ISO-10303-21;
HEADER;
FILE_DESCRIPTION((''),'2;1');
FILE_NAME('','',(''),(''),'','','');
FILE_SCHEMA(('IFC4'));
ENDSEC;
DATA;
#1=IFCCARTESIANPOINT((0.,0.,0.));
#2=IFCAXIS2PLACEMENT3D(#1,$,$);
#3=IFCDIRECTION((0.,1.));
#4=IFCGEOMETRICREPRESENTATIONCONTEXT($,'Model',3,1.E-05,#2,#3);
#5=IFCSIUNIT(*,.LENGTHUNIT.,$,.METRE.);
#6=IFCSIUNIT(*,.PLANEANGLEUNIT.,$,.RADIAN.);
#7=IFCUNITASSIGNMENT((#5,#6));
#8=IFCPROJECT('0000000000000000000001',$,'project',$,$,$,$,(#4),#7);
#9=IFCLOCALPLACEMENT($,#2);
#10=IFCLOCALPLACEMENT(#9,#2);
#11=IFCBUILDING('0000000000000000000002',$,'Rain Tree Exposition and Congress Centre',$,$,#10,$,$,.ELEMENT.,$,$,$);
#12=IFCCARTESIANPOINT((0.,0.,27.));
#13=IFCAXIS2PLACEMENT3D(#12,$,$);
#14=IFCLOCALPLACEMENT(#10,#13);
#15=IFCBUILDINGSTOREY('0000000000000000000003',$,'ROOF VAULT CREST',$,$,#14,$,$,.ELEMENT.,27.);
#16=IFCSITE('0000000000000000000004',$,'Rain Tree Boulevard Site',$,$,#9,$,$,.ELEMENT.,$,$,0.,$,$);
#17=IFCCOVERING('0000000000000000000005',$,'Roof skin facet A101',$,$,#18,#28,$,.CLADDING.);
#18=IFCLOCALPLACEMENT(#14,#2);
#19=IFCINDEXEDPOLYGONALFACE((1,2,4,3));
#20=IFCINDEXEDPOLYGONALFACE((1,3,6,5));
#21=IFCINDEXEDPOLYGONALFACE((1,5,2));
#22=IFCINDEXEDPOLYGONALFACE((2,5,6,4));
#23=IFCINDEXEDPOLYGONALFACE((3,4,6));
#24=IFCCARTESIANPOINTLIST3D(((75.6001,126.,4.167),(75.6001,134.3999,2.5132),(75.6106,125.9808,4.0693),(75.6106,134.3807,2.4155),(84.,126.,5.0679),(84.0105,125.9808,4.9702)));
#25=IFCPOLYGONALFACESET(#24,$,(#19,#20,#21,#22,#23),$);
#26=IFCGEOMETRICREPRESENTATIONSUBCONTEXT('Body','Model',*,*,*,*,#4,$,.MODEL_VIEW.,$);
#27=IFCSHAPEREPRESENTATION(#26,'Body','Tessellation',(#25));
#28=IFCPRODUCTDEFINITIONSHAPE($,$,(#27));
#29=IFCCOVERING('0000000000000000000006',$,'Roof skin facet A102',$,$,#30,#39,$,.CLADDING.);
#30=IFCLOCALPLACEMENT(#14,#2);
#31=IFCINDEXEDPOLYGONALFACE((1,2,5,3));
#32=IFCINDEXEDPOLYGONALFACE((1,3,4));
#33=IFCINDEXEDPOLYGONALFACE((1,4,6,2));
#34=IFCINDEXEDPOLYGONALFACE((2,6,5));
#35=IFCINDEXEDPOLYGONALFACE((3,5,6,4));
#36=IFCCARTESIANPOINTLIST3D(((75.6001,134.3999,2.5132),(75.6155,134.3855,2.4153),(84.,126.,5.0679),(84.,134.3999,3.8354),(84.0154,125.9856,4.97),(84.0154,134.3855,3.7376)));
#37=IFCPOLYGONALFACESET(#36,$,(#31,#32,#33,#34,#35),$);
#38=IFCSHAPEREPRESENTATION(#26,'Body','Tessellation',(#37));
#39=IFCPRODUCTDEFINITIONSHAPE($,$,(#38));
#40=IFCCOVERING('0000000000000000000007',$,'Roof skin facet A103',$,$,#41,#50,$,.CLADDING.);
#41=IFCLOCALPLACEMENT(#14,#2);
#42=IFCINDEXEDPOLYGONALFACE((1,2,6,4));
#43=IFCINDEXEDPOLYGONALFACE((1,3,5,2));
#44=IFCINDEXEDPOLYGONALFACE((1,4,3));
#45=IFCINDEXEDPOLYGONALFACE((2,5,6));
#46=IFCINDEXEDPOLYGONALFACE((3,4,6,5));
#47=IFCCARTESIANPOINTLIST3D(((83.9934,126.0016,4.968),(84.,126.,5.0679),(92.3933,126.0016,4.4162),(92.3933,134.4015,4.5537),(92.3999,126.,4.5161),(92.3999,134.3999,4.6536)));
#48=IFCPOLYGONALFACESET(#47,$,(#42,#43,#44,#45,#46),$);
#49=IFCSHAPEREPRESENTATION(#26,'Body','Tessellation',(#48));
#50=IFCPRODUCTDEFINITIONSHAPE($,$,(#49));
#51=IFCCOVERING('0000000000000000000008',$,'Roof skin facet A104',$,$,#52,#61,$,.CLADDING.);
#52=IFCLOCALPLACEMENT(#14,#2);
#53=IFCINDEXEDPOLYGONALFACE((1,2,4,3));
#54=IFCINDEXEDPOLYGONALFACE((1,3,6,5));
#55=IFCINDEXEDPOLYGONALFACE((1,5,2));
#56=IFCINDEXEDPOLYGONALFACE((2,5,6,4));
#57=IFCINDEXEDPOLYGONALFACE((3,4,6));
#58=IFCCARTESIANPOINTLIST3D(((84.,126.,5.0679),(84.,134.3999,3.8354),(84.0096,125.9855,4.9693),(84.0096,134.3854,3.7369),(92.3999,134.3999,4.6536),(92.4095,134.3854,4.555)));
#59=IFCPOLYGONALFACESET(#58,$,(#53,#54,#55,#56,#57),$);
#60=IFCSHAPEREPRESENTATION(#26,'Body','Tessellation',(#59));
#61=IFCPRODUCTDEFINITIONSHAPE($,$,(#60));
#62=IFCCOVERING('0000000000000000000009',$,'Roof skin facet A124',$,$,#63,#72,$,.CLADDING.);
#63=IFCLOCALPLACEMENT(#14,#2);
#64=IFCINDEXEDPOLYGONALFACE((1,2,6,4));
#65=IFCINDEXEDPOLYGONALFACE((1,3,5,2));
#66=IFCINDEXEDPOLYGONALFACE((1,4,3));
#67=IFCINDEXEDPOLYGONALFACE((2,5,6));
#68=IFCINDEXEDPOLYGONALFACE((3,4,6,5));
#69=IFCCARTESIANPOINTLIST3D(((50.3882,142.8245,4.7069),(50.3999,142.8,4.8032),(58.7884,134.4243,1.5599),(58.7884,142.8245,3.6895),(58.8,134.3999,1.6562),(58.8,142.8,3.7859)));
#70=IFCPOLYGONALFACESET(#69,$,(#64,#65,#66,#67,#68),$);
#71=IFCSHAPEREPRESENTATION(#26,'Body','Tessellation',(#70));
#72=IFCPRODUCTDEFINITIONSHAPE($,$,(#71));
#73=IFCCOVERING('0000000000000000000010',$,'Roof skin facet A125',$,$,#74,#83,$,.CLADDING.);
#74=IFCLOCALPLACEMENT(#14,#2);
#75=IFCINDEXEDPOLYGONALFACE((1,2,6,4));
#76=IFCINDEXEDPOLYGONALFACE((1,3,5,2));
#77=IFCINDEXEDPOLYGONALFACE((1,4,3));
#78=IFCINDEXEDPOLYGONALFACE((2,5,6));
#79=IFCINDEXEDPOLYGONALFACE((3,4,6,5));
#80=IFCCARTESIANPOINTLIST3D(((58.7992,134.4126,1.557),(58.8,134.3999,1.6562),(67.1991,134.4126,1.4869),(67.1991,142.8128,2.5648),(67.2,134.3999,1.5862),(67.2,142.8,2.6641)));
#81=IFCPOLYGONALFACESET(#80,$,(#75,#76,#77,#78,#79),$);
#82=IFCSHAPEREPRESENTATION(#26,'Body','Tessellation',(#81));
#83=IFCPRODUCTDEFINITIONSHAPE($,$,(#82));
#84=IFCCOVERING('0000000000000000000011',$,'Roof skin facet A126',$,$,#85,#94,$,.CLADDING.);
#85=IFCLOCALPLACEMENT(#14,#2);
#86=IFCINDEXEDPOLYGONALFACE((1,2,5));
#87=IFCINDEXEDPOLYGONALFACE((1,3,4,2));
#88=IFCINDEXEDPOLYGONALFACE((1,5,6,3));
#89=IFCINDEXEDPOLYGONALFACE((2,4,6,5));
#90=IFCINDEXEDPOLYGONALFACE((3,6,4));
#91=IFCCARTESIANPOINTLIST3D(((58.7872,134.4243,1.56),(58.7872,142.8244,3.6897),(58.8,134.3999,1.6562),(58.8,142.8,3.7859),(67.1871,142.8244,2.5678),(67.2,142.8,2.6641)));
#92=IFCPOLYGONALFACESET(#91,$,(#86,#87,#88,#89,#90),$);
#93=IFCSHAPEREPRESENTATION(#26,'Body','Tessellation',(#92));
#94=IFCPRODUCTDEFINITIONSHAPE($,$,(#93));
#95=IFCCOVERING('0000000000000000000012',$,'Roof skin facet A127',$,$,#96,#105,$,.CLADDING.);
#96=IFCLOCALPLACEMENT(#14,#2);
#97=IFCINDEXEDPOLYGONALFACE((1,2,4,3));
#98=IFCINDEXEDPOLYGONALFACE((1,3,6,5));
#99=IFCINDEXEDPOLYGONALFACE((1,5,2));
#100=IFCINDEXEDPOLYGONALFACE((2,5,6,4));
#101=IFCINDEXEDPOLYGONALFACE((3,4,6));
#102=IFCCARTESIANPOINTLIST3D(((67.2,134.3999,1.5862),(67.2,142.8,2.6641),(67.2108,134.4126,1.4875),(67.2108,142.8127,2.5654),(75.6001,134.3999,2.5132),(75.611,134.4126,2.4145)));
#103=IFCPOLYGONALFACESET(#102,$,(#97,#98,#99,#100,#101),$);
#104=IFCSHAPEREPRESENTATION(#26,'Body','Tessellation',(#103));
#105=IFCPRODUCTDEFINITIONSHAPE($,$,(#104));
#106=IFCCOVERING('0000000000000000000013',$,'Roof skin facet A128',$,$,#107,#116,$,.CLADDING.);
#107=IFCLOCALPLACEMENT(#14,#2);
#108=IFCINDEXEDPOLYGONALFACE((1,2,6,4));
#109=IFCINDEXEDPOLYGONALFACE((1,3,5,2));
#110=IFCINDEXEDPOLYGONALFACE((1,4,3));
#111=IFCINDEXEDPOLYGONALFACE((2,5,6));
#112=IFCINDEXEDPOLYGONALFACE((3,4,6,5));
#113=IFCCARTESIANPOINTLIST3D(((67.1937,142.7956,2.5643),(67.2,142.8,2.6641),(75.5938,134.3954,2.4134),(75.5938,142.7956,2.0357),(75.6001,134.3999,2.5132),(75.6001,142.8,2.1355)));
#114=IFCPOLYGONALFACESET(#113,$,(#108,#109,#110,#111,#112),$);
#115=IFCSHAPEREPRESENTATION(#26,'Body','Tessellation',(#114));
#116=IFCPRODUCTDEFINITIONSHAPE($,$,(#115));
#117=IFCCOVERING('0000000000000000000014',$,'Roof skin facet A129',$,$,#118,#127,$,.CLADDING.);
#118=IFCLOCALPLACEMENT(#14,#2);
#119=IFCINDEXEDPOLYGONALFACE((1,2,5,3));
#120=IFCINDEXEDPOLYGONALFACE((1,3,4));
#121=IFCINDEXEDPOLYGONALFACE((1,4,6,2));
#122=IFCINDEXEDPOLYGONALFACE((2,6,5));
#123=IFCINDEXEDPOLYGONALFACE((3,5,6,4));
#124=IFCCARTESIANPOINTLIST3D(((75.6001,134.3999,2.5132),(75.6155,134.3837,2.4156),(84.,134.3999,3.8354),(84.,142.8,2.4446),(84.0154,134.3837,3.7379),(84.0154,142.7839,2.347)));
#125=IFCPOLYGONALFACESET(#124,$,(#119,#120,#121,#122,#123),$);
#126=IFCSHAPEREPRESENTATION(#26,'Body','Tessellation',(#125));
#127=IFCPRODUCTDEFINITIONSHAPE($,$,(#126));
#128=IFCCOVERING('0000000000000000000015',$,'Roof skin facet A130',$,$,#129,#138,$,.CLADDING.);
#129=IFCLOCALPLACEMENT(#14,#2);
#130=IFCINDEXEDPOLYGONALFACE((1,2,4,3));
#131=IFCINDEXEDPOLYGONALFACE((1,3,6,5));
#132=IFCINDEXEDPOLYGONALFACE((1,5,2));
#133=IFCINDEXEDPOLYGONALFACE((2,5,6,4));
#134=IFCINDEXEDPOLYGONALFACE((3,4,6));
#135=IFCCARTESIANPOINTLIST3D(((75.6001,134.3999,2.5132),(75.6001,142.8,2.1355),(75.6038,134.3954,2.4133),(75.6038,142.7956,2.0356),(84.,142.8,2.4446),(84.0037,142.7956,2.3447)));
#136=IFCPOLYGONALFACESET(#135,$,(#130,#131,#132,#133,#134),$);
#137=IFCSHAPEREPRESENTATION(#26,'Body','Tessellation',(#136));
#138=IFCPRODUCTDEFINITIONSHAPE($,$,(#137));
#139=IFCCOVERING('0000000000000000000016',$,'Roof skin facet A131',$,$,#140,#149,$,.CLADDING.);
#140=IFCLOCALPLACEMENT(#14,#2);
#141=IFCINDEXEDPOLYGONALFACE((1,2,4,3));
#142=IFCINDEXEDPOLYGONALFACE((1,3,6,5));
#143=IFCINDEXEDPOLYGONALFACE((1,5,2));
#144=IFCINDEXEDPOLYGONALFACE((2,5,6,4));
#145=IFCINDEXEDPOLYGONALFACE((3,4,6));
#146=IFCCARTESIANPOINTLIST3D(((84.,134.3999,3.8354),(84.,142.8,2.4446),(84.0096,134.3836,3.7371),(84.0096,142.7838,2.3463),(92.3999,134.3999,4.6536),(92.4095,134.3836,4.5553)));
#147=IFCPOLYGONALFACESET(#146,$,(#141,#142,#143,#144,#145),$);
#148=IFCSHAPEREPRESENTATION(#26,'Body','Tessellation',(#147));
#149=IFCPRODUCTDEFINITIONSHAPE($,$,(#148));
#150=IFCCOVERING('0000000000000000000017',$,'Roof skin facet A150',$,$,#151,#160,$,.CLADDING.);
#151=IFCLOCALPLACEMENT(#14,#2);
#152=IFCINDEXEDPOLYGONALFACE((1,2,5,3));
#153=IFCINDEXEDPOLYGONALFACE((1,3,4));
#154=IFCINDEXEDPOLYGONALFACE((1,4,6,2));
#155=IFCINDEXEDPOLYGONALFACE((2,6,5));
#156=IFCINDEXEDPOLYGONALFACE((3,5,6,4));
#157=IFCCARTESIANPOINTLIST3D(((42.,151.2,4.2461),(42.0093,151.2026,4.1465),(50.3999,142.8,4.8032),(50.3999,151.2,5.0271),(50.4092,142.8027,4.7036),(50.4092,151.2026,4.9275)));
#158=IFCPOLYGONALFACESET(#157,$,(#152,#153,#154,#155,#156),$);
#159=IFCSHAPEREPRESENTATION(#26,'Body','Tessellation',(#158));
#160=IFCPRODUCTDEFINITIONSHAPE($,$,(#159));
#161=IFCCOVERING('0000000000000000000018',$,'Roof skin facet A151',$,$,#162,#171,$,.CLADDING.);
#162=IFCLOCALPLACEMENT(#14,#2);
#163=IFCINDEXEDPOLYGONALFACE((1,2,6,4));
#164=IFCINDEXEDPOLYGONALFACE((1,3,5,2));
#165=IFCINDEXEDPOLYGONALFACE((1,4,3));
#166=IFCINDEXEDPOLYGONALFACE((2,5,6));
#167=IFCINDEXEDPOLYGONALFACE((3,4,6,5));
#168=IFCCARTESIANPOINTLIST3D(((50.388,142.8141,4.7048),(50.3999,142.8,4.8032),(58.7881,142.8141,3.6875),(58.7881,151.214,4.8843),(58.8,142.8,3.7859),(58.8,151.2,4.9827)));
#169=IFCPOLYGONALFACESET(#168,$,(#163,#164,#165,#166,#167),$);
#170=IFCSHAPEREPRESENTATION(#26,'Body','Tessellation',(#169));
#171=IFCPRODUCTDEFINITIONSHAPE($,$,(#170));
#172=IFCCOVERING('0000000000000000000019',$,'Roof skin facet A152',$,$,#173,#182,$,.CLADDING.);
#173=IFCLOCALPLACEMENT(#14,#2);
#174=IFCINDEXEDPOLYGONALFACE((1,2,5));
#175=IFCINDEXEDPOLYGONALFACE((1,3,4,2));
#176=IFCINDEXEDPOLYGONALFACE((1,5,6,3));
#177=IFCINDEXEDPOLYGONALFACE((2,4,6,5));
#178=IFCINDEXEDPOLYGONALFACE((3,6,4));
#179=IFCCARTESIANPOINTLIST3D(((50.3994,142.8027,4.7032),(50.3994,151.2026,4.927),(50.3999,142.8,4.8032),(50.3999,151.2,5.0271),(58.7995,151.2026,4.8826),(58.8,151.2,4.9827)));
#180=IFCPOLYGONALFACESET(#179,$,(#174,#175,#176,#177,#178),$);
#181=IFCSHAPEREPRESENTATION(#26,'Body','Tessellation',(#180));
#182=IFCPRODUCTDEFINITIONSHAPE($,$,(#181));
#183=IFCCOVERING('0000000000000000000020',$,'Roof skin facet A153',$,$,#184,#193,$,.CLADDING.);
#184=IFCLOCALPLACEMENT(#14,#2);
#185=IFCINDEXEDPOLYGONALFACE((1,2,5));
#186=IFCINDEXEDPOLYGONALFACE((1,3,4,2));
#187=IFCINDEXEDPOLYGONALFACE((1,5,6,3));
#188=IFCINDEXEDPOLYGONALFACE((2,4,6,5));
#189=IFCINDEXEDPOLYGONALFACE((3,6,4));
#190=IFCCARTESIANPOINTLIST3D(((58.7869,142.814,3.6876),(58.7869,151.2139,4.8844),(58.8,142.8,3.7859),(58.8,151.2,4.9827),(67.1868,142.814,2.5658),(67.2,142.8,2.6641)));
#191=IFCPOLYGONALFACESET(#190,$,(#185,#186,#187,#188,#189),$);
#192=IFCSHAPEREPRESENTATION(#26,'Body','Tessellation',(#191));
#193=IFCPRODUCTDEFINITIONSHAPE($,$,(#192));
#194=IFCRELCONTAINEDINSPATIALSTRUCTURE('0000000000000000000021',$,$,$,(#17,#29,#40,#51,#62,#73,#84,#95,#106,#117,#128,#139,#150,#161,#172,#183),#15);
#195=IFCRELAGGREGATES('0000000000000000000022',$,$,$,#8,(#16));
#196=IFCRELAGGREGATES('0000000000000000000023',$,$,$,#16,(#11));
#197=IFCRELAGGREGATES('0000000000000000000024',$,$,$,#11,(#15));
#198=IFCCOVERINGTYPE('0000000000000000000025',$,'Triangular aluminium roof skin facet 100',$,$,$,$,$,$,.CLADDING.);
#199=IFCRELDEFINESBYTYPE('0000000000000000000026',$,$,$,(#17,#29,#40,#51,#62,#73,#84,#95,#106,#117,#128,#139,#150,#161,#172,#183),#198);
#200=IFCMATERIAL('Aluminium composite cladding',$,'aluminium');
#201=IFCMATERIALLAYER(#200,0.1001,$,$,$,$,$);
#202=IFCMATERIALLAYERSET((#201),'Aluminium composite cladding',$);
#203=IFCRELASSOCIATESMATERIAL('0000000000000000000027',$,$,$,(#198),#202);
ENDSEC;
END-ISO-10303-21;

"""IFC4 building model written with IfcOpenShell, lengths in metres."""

from ifc_helpers import new_model, si_unit, direction, frame, origin, place, context, subcontext, project, spatial, polyline, outline, extrude, material, layer, layer_set, type_object, element, save


model = new_model("IFC4")

# Units and contexts
model_context = context("Model", 3, precision=1e-05, world=origin(), true_north=direction((0.0, 1.0)))
body_context = subcontext(model_context, "Body", "Model", "MODEL_VIEW")
ifc_project = project(units=[si_unit("LENGTHUNIT", "METRE"), si_unit("PLANEANGLEUNIT", "RADIAN")], contexts=[model_context])

# Site, building, storey
site_placement = place(None, origin())
site = spatial("IfcSite", under=ifc_project, at=site_placement, Name="Rain Tree Boulevard Site", CompositionType="ELEMENT", RefElevation=0.0)
building_placement = place(site_placement, origin())
building = spatial("IfcBuilding", under=site, at=building_placement, Name="Rain Tree Exposition and Congress Centre", CompositionType="ELEMENT")
storey_placement = place(building_placement, frame((0.0, 0.0, 27.0)))
storey = spatial("IfcBuildingStorey", under=building, at=storey_placement, Name="ROOF VAULT CREST", CompositionType="ELEMENT", Elevation=27.0)

# Coverings
ifc_material = material(Name="Aluminium composite cladding", Category="aluminium")
ifc_layer = layer(ifc_material, 0.1001)
ifc_layer_set = layer_set([ifc_layer], Name="Aluminium composite cladding")
covering_type = type_object("IfcCoveringType", Name="Triangular aluminium roof skin facet 100", PredefinedType="CLADDING", material=ifc_layer_set)
covering_1_placement = place(storey_placement, frame((75.6001, 126.0, 4.167), z_axis=(-0.104651, 0.192115, 0.975777), x_axis=(0.994298, 0.0, 0.106637)))
element("IfcCovering", 1, at=covering_1_placement, inside=storey, type_object=covering_type, Name="Roof skin facet A101", PredefinedType="CLADDING", context=body_context, shape_type="SweptSolid", body=[
    extrude(outline(polyline([(0.0, 0.0), (8.4481, 0.0), (-0.1764, 8.5593), (0.0, 0.0)])), origin(), (0.0, 0.0, -1.0), 0.1001),
])
covering_2_placement = place(storey_placement, frame((84.0, 126.0, 5.0679), z_axis=(-0.153892, 0.143435, 0.977621), x_axis=(0.0, 0.989408, -0.145164)))
element("IfcCovering", 2, at=covering_2_placement, inside=storey, type_object=covering_type, Name="Roof skin facet A102", PredefinedType="CLADDING", context=body_context, shape_type="SweptSolid", body=[
    extrude(outline(polyline([(0.0, 0.0), (8.4898, 0.0), (8.6818, 8.5012), (0.0, 0.0)])), origin(), (0.0, 0.0, -1.0), 0.1001),
])
covering_3_placement = place(storey_placement, frame((84.0, 126.0, 5.0679), z_axis=(0.065536, -0.016326, 0.997717), x_axis=(0.99785, 0.0, -0.065545)))
element("IfcCovering", 3, at=covering_3_placement, inside=storey, type_object=covering_type, Name="Roof skin facet A103", PredefinedType="CLADDING", context=body_context, shape_type="SweptSolid", body=[
    extrude(outline(polyline([(0.0, 0.0), (8.418, 0.0), (8.409, 8.401), (0.0, 0.0)])), origin(), (0.0, 0.0, -1.0), 0.1001),
])
covering_4_placement = place(storey_placement, frame((84.0, 126.0, 5.0679), z_axis=(-0.09592, 0.144495, 0.984845), x_axis=(0.706677, 0.706677, -0.034855)))
element("IfcCovering", 4, at=covering_4_placement, inside=storey, type_object=covering_type, Name="Roof skin facet A104", PredefinedType="CLADDING", context=body_context, shape_type="SweptSolid", body=[
    extrude(outline(polyline([(0.0, 0.0), (11.8865, 0.0), (5.979, 6.0274), (0.0, 0.0)])), origin(), (0.0, 0.0, -1.0), 0.1001),
])
covering_5_placement = place(storey_placement, frame((58.8, 134.3999, 1.6562), z_axis=(0.116594, -0.244073, 0.962722), x_axis=(0.0, 0.969333, 0.245749)))
element("IfcCovering", 5, at=covering_5_placement, inside=storey, type_object=covering_type, Name="Roof skin facet A124", PredefinedType="CLADDING", context=body_context, shape_type="SweptSolid", body=[
    extrude(outline(polyline([(0.0, 0.0), (8.6659, 0.0), (8.9159, 8.4578), (0.0, 0.0)])), origin(), (0.0, 0.0, -1.0), 0.1001),
])
covering_6_placement = place(storey_placement, frame((58.8, 134.3999, 1.6562), z_axis=(0.008273, -0.127269, 0.991834), x_axis=(0.999965, 0.0, -0.008341)))
element("IfcCovering", 6, at=covering_6_placement, inside=storey, type_object=covering_type, Name="Roof skin facet A125", PredefinedType="CLADDING", context=body_context, shape_type="SweptSolid", body=[
    extrude(outline(polyline([(0.0, 0.0), (8.4002, 0.0), (8.3912, 8.469), (0.0, 0.0)])), origin(), (0.0, 0.0, -1.0), 0.1001),
])
covering_7_placement = place(storey_placement, frame((58.8, 134.3999, 1.6562), z_axis=(0.128385, -0.243716, 0.961312), x_axis=(0.704566, 0.704586, 0.084533)))
element("IfcCovering", 7, at=covering_7_placement, inside=storey, type_object=covering_type, Name="Roof skin facet A126", PredefinedType="CLADDING", context=body_context, shape_type="SweptSolid", body=[
    extrude(outline(polyline([(0.0, 0.0), (11.9221, 0.0), (6.0987, 6.1566), (0.0, 0.0)])), origin(), (0.0, 0.0, -1.0), 0.1001),
])
covering_8_placement = place(storey_placement, frame((67.2, 134.3999, 1.5862), z_axis=(-0.108808, -0.126518, 0.985979), x_axis=(0.993966, 0.0, 0.10969)))
element("IfcCovering", 8, at=covering_8_placement, inside=storey, type_object=covering_type, Name="Roof skin facet A127", PredefinedType="CLADDING", context=body_context, shape_type="SweptSolid", body=[
    extrude(outline(polyline([(0.0, 0.0), (8.4511, 0.0), (0.1182, 8.4682), (0.0, 0.0)])), origin(), (0.0, 0.0, -1.0), 0.1001),
])
covering_9_placement = place(storey_placement, frame((75.6001, 134.3999, 2.5132), z_axis=(0.062736, 0.044828, 0.997023), x_axis=(0.0, 0.998991, -0.044916)))
element("IfcCovering", 9, at=covering_9_placement, inside=storey, type_object=covering_type, Name="Roof skin facet A128", PredefinedType="CLADDING", context=body_context, shape_type="SweptSolid", body=[
    extrude(outline(polyline([(0.0, 0.0), (8.4086, 0.0), (8.3849, 8.4167), (0.0, 0.0)])), origin(), (0.0, 0.0, -1.0), 0.1001),
])
covering_10_placement = place(storey_placement, frame((75.6001, 134.3999, 2.5132), z_axis=(-0.15346, 0.161418, 0.974882), x_axis=(0.987836, 0.0, 0.1555)))
element("IfcCovering", 10, at=covering_10_placement, inside=storey, type_object=covering_type, Name="Roof skin facet A129", PredefinedType="CLADDING", context=body_context, shape_type="SweptSolid", body=[
    extrude(outline(polyline([(0.0, 0.0), (8.5033, 0.0), (8.2871, 8.5118), (0.0, 0.0)])), origin(), (0.0, 0.0, -1.0), 0.1001),
])
covering_11_placement = place(storey_placement, frame((75.6001, 134.3999, 2.5132), z_axis=(-0.036734, 0.044886, 0.998317), x_axis=(0.707085, 0.707105, -0.005775)))
element("IfcCovering", 11, at=covering_11_placement, inside=storey, type_object=covering_type, Name="Roof skin facet A130", PredefinedType="CLADDING", context=body_context, shape_type="SweptSolid", body=[
    extrude(outline(polyline([(0.0, 0.0), (11.8796, 0.0), (5.942, 5.9496), (0.0, 0.0)])), origin(), (0.0, 0.0, -1.0), 0.1001),
])
covering_12_placement = place(storey_placement, frame((84.0, 134.3999, 3.8354), z_axis=(-0.095647, 0.162604, 0.982045), x_axis=(0.995291, 0.0, 0.096937)))
element("IfcCovering", 12, at=covering_12_placement, inside=storey, type_object=covering_type, Name="Roof skin facet A131", PredefinedType="CLADDING", context=body_context, shape_type="SweptSolid", body=[
    extrude(outline(polyline([(0.0, 0.0), (8.4396, 0.0), (-0.1348, 8.5134), (0.0, 0.0)])), origin(), (0.0, 0.0, -1.0), 0.1001),
])
covering_13_placement = place(storey_placement, frame((50.3999, 142.8, 4.8032), z_axis=(-0.092546, -0.026529, 0.995355), x_axis=(0.0, 0.999645, 0.026643)))
element("IfcCovering", 13, at=covering_13_placement, inside=storey, type_object=covering_type, Name="Roof skin facet A150", PredefinedType="CLADDING", context=body_context, shape_type="SweptSolid", body=[
    extrude(outline(polyline([(0.0, 0.0), (8.4029, 0.0), (8.3821, 8.4361), (0.0, 0.0)])), origin(), (0.0, 0.0, -1.0), 0.1001),
])
covering_14_placement = place(storey_placement, frame((50.3999, 142.8, 4.8032), z_axis=(0.119046, -0.140048, 0.982962), x_axis=(0.992746, 0.0, -0.120231)))
element("IfcCovering", 14, at=covering_14_placement, inside=storey, type_object=covering_type, Name="Roof skin facet A151", PredefinedType="CLADDING", context=body_context, shape_type="SweptSolid", body=[
    extrude(outline(polyline([(0.0, 0.0), (8.4615, 0.0), (8.3176, 8.4835), (0.0, 0.0)])), origin(), (0.0, 0.0, -1.0), 0.1001),
])
covering_15_placement = place(storey_placement, frame((50.3999, 142.8, 4.8032), z_axis=(0.005288, -0.026642, 0.999631), x_axis=(0.707036, 0.707016, 0.015104)))
element("IfcCovering", 15, at=covering_15_placement, inside=storey, type_object=covering_type, Name="Roof skin facet A152", PredefinedType="CLADDING", context=body_context, shape_type="SweptSolid", body=[
    extrude(outline(polyline([(0.0, 0.0), (11.8808, 0.0), (5.9422, 5.9412), (0.0, 0.0)])), origin(), (0.0, 0.0, -1.0), 0.1001),
])
covering_16_placement = place(storey_placement, frame((58.8, 142.8, 3.7859), z_axis=(0.131076, -0.139834, 0.981461), x_axis=(0.991199, 0.0, -0.132377)))
element("IfcCovering", 16, at=covering_16_placement, inside=storey, type_object=covering_type, Name="Roof skin facet A153", PredefinedType="CLADDING", context=body_context, shape_type="SweptSolid", body=[
    extrude(outline(polyline([(0.0, 0.0), (8.4745, 0.0), (-0.1584, 8.4833), (0.0, 0.0)])), origin(), (0.0, 0.0, -1.0), 0.1001),
])

save(model, "model.ifc")
